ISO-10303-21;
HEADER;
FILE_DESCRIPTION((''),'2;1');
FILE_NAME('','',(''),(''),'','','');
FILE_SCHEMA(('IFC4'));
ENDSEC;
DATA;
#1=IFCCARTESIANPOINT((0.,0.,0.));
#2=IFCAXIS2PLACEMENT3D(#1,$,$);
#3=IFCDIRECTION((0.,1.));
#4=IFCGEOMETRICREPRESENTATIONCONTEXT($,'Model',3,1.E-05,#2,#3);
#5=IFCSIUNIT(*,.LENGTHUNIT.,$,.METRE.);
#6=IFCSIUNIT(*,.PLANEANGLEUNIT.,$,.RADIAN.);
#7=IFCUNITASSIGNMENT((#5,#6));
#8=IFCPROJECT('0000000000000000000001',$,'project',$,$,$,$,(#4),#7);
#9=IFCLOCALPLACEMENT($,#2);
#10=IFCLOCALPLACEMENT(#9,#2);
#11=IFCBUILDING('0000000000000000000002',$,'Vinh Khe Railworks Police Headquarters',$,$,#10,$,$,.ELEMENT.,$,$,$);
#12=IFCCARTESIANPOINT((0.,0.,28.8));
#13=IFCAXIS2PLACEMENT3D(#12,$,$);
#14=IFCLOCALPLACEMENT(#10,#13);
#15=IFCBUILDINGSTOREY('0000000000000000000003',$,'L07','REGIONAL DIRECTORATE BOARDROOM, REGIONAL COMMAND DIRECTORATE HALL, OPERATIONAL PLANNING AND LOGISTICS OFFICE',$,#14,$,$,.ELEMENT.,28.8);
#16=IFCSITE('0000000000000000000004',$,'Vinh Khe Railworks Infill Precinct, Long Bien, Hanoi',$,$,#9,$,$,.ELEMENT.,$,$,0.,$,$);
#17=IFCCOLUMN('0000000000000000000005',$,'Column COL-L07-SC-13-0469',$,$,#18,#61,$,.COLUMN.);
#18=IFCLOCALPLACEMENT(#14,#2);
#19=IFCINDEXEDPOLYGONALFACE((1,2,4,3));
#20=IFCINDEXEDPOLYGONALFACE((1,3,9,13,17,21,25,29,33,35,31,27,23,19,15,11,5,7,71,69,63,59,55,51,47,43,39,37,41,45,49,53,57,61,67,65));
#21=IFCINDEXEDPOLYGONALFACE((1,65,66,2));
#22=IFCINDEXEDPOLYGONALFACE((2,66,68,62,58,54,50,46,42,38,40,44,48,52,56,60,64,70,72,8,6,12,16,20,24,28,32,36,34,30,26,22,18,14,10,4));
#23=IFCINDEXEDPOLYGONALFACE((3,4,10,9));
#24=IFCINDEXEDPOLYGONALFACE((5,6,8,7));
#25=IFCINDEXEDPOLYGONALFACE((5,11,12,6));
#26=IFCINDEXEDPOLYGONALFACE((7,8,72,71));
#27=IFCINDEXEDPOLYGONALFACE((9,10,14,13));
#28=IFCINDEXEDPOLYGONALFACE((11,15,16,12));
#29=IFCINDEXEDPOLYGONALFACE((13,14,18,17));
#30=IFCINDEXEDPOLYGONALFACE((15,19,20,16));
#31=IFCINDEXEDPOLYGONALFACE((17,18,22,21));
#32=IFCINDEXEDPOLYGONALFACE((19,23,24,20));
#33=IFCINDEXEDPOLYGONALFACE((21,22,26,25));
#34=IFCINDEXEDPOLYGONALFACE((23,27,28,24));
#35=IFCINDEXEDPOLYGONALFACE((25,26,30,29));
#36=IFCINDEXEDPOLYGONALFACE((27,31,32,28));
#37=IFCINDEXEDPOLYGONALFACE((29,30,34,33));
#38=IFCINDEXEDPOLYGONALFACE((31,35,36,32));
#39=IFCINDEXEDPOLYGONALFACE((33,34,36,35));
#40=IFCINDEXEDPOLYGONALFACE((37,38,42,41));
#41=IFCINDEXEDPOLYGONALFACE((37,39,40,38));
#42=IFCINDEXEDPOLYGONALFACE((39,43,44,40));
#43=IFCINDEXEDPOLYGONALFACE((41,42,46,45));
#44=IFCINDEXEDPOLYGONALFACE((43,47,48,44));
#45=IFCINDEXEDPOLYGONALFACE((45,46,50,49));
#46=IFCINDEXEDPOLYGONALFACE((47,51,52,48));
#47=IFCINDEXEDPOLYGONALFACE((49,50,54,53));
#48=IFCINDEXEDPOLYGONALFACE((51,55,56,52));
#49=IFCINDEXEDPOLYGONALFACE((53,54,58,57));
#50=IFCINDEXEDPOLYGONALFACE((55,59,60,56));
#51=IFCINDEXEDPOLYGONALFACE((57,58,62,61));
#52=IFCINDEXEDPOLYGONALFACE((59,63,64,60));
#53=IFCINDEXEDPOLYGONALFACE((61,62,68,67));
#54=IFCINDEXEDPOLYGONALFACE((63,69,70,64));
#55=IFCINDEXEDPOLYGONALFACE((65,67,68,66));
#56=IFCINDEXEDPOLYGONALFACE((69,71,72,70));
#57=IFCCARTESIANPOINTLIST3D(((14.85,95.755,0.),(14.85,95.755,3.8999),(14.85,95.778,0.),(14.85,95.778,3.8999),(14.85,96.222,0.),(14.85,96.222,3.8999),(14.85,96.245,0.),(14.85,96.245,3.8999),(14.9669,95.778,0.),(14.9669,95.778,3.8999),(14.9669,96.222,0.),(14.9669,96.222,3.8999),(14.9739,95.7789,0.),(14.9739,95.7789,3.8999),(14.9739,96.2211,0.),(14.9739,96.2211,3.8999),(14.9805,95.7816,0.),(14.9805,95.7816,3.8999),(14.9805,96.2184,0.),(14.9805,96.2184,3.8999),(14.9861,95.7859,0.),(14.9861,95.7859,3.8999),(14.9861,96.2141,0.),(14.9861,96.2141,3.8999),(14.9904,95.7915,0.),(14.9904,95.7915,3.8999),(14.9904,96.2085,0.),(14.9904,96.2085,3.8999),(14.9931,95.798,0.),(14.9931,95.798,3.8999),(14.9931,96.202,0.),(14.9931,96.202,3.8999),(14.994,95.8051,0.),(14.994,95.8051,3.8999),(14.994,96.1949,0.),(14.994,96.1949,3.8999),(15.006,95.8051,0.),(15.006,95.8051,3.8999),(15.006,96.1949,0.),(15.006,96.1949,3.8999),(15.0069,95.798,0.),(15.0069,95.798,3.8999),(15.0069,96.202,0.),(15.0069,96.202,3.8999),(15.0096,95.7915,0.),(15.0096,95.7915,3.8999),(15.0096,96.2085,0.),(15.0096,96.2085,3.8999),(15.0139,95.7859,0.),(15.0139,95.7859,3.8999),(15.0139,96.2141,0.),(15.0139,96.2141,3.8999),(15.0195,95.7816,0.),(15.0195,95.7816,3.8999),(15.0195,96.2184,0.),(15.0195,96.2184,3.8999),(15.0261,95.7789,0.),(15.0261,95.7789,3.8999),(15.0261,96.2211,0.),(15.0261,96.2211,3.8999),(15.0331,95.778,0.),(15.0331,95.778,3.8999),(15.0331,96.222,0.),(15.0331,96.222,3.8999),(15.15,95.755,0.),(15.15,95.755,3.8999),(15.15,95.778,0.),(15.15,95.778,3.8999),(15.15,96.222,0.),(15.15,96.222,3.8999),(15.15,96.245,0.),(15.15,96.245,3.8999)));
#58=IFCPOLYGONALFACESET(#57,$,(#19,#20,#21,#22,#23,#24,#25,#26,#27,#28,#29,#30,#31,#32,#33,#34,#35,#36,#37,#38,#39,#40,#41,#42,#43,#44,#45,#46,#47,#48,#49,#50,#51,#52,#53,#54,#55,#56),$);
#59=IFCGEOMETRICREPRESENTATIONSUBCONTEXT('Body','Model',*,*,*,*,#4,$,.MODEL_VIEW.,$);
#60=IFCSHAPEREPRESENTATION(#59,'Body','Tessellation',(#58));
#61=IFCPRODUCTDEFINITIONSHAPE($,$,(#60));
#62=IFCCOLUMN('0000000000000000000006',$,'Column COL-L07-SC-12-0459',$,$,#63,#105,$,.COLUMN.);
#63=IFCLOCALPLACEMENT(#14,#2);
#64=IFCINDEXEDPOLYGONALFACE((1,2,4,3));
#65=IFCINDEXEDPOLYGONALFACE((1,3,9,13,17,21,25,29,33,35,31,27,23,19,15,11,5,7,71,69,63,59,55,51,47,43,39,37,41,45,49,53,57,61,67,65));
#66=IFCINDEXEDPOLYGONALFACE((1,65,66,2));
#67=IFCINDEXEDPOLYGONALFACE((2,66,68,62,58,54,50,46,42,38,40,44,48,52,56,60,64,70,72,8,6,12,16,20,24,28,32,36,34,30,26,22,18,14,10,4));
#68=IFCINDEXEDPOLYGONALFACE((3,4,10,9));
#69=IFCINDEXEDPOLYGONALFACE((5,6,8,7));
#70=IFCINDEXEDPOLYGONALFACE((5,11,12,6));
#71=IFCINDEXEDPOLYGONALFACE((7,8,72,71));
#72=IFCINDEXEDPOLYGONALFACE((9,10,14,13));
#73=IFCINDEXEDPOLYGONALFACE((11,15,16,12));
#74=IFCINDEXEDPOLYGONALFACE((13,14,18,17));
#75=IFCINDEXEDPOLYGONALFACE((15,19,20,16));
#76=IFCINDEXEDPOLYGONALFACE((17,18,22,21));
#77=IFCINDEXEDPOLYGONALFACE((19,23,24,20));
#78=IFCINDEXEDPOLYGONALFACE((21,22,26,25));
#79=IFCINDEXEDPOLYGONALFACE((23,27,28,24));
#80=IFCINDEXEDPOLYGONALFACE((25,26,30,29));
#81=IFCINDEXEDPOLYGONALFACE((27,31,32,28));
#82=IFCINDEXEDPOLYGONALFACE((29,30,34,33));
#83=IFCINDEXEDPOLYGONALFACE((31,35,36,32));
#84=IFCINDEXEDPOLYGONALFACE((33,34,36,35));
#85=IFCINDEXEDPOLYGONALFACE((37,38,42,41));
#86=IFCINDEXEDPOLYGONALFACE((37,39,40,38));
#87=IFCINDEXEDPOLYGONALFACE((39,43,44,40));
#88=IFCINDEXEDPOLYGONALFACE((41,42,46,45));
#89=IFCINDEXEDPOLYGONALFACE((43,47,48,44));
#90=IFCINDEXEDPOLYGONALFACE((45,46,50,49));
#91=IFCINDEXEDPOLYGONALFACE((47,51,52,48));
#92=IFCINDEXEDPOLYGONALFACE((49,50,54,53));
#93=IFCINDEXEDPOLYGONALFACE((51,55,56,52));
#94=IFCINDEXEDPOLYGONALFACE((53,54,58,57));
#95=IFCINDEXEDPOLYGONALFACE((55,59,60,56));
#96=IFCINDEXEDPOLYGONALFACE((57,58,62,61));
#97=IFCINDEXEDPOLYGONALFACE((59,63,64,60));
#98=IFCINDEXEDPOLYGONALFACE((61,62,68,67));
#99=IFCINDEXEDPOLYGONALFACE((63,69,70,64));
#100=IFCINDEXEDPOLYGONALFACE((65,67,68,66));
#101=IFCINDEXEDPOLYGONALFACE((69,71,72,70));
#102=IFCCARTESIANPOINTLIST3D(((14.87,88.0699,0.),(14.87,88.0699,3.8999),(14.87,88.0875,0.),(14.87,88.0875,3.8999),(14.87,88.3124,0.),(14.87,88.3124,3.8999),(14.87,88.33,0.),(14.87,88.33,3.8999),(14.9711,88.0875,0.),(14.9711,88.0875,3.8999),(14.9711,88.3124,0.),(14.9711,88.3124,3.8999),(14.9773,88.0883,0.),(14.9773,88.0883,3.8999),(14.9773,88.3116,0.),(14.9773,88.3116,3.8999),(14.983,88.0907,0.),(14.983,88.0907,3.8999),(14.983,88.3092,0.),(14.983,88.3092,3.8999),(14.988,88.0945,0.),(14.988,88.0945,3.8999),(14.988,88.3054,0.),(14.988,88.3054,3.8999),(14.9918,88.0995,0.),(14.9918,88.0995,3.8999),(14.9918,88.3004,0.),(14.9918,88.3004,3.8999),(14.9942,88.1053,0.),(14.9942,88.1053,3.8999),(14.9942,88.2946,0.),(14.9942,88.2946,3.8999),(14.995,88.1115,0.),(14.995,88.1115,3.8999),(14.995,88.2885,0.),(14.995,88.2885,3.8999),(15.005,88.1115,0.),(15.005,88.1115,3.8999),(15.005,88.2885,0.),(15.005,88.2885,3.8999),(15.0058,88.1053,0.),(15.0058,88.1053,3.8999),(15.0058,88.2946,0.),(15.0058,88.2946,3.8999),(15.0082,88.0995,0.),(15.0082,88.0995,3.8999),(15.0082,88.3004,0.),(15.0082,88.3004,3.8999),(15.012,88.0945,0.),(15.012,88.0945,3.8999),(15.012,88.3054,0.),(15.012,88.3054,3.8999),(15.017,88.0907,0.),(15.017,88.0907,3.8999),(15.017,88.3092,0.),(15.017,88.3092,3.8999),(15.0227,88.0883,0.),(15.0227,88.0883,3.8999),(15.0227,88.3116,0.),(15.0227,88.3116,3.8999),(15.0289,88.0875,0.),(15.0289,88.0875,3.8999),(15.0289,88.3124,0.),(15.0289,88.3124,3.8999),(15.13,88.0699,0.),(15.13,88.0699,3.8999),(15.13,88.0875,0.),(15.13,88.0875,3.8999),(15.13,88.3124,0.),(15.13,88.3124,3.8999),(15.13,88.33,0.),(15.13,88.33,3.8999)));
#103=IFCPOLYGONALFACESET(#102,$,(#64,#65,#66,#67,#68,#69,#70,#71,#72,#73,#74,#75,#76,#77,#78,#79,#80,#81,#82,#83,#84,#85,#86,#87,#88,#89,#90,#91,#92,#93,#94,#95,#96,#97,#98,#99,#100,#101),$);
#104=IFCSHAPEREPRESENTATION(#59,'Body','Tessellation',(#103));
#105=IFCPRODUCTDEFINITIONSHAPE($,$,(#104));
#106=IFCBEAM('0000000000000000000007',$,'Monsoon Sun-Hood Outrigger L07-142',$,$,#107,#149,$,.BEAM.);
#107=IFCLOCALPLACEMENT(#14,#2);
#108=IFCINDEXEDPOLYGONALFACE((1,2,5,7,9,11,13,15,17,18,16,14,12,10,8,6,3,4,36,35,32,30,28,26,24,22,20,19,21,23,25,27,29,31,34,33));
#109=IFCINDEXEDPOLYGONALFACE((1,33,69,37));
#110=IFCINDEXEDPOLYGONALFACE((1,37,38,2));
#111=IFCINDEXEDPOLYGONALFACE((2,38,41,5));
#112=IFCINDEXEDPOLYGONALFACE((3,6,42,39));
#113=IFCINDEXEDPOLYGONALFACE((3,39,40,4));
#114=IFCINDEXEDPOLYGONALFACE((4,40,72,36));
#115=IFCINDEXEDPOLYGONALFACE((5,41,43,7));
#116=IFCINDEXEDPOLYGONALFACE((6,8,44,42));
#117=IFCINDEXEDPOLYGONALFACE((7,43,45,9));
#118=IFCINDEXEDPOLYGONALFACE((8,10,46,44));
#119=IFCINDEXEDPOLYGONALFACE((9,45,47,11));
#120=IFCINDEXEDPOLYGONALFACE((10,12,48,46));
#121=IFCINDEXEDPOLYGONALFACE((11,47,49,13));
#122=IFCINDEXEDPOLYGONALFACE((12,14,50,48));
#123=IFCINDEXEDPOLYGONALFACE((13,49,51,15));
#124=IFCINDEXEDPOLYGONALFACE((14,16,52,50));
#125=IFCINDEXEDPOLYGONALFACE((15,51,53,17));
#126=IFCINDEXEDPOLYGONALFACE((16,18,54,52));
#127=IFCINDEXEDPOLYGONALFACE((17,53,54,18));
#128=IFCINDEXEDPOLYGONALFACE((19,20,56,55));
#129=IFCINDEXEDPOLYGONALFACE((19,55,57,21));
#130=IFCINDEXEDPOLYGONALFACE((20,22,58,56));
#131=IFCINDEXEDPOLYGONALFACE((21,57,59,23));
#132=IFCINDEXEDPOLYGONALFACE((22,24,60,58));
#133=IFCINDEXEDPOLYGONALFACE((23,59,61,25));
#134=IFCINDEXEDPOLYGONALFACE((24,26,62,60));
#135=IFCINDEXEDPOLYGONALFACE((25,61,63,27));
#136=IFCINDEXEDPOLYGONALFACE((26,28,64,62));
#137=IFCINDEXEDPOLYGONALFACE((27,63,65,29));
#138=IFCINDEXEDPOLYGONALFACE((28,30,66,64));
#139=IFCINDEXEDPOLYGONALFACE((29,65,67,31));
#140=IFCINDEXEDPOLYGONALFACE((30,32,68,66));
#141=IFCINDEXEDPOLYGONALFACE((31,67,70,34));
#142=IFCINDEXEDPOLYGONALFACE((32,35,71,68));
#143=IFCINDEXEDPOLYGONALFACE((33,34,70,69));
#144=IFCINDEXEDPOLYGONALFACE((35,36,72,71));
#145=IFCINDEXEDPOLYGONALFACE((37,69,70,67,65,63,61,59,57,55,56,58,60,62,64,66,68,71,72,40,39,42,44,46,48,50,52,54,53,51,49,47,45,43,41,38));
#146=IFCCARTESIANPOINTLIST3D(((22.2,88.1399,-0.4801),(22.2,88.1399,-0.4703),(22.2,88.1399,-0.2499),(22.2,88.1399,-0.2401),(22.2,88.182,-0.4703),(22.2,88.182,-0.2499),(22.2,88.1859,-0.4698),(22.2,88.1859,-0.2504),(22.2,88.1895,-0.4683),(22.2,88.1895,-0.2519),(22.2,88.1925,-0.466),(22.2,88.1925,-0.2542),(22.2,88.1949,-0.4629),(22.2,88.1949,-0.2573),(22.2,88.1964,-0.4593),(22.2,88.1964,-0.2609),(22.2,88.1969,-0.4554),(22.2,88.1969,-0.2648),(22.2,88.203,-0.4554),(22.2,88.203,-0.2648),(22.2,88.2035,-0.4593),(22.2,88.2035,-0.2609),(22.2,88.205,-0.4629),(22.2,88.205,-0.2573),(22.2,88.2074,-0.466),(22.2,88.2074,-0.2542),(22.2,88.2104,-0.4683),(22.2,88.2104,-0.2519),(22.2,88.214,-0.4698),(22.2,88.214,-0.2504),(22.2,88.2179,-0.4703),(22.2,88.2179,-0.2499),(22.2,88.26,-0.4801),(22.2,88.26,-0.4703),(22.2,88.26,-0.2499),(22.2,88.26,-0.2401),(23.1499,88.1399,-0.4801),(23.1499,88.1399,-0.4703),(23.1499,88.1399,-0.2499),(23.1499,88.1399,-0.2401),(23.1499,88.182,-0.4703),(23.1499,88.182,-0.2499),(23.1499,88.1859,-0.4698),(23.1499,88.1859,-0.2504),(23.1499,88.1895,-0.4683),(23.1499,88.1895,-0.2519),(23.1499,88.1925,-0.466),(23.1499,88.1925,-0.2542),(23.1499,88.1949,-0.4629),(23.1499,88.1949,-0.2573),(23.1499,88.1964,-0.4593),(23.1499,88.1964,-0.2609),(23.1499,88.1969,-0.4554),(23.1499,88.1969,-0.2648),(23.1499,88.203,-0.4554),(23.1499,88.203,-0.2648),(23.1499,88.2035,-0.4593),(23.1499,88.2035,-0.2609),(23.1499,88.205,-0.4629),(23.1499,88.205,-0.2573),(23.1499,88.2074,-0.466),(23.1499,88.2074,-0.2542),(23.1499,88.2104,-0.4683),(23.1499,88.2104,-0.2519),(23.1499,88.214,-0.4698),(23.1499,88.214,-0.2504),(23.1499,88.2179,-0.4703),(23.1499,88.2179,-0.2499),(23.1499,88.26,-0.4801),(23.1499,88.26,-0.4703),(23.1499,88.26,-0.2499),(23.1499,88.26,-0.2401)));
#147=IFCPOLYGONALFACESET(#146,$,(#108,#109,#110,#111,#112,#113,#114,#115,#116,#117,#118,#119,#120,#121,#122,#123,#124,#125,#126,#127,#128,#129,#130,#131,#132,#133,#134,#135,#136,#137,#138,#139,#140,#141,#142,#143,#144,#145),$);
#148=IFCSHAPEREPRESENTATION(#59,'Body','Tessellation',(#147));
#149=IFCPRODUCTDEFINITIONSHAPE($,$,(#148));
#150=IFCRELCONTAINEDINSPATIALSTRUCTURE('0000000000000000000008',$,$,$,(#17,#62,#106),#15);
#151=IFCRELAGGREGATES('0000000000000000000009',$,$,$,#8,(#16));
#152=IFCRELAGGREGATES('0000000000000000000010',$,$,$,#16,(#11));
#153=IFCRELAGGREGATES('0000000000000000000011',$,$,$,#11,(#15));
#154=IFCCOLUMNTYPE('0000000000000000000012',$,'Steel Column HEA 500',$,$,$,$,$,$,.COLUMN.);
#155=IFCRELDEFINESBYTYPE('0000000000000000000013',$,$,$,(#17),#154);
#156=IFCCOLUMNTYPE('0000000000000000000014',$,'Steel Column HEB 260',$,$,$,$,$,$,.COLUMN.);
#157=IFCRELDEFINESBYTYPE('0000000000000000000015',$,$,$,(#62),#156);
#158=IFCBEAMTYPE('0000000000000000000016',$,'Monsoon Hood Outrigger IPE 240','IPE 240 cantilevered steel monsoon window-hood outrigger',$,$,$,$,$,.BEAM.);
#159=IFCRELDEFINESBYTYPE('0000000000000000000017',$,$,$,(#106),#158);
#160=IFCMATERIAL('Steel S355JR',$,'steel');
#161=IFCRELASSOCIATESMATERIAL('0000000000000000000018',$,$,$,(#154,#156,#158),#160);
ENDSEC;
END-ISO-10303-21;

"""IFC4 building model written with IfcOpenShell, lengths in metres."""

from ifc_helpers import new_model, si_unit, direction, frame, origin, origin_2d, place, context, subcontext, project, spatial, i_section, extrude, material, material_profile, profile_set, type_object, element, save


model = new_model("IFC4")

# Units and contexts
model_context = context("Model", 3, precision=1e-05, world=origin(), true_north=direction((0.0, 1.0)))
body_context = subcontext(model_context, "Body", "Model", "MODEL_VIEW")
ifc_project = project(units=[si_unit("LENGTHUNIT", "METRE"), si_unit("PLANEANGLEUNIT", "RADIAN")], contexts=[model_context])

# Site, building, storey
site_placement = place(None, origin())
site = spatial("IfcSite", under=ifc_project, at=site_placement, Name="Vinh Khe Railworks Infill Precinct, Long Bien, Hanoi", CompositionType="ELEMENT", RefElevation=0.0)
building_placement = place(site_placement, origin())
building = spatial("IfcBuilding", under=site, at=building_placement, Name="Vinh Khe Railworks Police Headquarters", CompositionType="ELEMENT")
storey_placement = place(building_placement, frame((0.0, 0.0, 28.8)))
storey = spatial("IfcBuildingStorey", under=building, at=storey_placement, Name="L07", Description="REGIONAL DIRECTORATE BOARDROOM, REGIONAL COMMAND DIRECTORATE HALL, OPERATIONAL PLANNING AND LOGISTICS OFFICE", CompositionType="ELEMENT", Elevation=28.8)

# Columns
ifc_material_1 = material(Name="Steel S355JR", Category="steel")
ifc_material_profile_1 = material_profile(ifc_material_1, i_section(OverallWidth=0.3, OverallDepth=0.49, WebThickness=0.012, FlangeThickness=0.0229, FilletRadius=0.0271, at=origin_2d()), Name="HEA 500")
ifc_profile_set_1 = profile_set([ifc_material_profile_1], Name="Steel S355JR")
column_type_1 = type_object("IfcColumnType", Name="Steel Column HEA 500", PredefinedType="COLUMN", material=ifc_profile_set_1)
column_1_placement = place(storey_placement, frame((15.0, 96.0, 0.0), z_axis=(0.0, 0.0, 1.0), x_axis=(1.0, 0.0, 0.0)))
element("IfcColumn", 1, at=column_1_placement, inside=storey, type_object=column_type_1, Name="Column COL-L07-SC-13-0469", PredefinedType="COLUMN", context=body_context, shape_type="SweptSolid", body=[
    extrude(i_section(OverallWidth=0.3, OverallDepth=0.49, WebThickness=0.012, FlangeThickness=0.0229, FilletRadius=0.0271, at=origin_2d()), origin(), (0.0, 0.0, 1.0), 3.8999),
])
ifc_material_profile_2 = material_profile(ifc_material_1, i_section(OverallWidth=0.26, OverallDepth=0.26, WebThickness=0.01, FlangeThickness=0.0176, FilletRadius=0.0239, at=origin_2d()), Name="HEB 260")
ifc_profile_set_2 = profile_set([ifc_material_profile_2], Name="Steel S355JR")
column_type_2 = type_object("IfcColumnType", Name="Steel Column HEB 260", PredefinedType="COLUMN", material=ifc_profile_set_2)
column_2_placement = place(storey_placement, frame((15.0, 88.2, 0.0), z_axis=(0.0, 0.0, 1.0), x_axis=(1.0, 0.0, 0.0)))
element("IfcColumn", 2, at=column_2_placement, inside=storey, type_object=column_type_2, Name="Column COL-L07-SC-12-0459", PredefinedType="COLUMN", context=body_context, shape_type="SweptSolid", body=[
    extrude(i_section(OverallWidth=0.26, OverallDepth=0.26, WebThickness=0.01, FlangeThickness=0.0176, FilletRadius=0.0239, at=origin_2d()), origin(), (0.0, 0.0, 1.0), 3.8999),
])

# Beam
ifc_material_profile_3 = material_profile(ifc_material_1, i_section(OverallWidth=0.1201, OverallDepth=0.24, WebThickness=0.0061, FlangeThickness=0.0098, FilletRadius=0.0149, at=origin_2d()), Name="IPE 240")
ifc_profile_set_3 = profile_set([ifc_material_profile_3], Name="Steel S355JR")
beam_type_1 = type_object("IfcBeamType", Name="Monsoon Hood Outrigger IPE 240", Description="IPE 240 cantilevered steel monsoon window-hood outrigger", PredefinedType="BEAM", material=ifc_profile_set_3)
beam_1_placement = place(storey_placement, frame((22.2, 88.2, -0.3601), z_axis=(1.0, 0.0, 0.0), x_axis=(0.0, 1.0, 0.0)))
element("IfcBeam", 3, at=beam_1_placement, inside=storey, type_object=beam_type_1, Name="Monsoon Sun-Hood Outrigger L07-142", PredefinedType="BEAM", context=body_context, shape_type="SweptSolid", body=[
    extrude(i_section(OverallWidth=0.1201, OverallDepth=0.24, WebThickness=0.0061, FlangeThickness=0.0098, FilletRadius=0.0149, at=origin_2d()), origin(), (0.0, 0.0, 1.0), 0.95),
])

save(model, "model.ifc")
